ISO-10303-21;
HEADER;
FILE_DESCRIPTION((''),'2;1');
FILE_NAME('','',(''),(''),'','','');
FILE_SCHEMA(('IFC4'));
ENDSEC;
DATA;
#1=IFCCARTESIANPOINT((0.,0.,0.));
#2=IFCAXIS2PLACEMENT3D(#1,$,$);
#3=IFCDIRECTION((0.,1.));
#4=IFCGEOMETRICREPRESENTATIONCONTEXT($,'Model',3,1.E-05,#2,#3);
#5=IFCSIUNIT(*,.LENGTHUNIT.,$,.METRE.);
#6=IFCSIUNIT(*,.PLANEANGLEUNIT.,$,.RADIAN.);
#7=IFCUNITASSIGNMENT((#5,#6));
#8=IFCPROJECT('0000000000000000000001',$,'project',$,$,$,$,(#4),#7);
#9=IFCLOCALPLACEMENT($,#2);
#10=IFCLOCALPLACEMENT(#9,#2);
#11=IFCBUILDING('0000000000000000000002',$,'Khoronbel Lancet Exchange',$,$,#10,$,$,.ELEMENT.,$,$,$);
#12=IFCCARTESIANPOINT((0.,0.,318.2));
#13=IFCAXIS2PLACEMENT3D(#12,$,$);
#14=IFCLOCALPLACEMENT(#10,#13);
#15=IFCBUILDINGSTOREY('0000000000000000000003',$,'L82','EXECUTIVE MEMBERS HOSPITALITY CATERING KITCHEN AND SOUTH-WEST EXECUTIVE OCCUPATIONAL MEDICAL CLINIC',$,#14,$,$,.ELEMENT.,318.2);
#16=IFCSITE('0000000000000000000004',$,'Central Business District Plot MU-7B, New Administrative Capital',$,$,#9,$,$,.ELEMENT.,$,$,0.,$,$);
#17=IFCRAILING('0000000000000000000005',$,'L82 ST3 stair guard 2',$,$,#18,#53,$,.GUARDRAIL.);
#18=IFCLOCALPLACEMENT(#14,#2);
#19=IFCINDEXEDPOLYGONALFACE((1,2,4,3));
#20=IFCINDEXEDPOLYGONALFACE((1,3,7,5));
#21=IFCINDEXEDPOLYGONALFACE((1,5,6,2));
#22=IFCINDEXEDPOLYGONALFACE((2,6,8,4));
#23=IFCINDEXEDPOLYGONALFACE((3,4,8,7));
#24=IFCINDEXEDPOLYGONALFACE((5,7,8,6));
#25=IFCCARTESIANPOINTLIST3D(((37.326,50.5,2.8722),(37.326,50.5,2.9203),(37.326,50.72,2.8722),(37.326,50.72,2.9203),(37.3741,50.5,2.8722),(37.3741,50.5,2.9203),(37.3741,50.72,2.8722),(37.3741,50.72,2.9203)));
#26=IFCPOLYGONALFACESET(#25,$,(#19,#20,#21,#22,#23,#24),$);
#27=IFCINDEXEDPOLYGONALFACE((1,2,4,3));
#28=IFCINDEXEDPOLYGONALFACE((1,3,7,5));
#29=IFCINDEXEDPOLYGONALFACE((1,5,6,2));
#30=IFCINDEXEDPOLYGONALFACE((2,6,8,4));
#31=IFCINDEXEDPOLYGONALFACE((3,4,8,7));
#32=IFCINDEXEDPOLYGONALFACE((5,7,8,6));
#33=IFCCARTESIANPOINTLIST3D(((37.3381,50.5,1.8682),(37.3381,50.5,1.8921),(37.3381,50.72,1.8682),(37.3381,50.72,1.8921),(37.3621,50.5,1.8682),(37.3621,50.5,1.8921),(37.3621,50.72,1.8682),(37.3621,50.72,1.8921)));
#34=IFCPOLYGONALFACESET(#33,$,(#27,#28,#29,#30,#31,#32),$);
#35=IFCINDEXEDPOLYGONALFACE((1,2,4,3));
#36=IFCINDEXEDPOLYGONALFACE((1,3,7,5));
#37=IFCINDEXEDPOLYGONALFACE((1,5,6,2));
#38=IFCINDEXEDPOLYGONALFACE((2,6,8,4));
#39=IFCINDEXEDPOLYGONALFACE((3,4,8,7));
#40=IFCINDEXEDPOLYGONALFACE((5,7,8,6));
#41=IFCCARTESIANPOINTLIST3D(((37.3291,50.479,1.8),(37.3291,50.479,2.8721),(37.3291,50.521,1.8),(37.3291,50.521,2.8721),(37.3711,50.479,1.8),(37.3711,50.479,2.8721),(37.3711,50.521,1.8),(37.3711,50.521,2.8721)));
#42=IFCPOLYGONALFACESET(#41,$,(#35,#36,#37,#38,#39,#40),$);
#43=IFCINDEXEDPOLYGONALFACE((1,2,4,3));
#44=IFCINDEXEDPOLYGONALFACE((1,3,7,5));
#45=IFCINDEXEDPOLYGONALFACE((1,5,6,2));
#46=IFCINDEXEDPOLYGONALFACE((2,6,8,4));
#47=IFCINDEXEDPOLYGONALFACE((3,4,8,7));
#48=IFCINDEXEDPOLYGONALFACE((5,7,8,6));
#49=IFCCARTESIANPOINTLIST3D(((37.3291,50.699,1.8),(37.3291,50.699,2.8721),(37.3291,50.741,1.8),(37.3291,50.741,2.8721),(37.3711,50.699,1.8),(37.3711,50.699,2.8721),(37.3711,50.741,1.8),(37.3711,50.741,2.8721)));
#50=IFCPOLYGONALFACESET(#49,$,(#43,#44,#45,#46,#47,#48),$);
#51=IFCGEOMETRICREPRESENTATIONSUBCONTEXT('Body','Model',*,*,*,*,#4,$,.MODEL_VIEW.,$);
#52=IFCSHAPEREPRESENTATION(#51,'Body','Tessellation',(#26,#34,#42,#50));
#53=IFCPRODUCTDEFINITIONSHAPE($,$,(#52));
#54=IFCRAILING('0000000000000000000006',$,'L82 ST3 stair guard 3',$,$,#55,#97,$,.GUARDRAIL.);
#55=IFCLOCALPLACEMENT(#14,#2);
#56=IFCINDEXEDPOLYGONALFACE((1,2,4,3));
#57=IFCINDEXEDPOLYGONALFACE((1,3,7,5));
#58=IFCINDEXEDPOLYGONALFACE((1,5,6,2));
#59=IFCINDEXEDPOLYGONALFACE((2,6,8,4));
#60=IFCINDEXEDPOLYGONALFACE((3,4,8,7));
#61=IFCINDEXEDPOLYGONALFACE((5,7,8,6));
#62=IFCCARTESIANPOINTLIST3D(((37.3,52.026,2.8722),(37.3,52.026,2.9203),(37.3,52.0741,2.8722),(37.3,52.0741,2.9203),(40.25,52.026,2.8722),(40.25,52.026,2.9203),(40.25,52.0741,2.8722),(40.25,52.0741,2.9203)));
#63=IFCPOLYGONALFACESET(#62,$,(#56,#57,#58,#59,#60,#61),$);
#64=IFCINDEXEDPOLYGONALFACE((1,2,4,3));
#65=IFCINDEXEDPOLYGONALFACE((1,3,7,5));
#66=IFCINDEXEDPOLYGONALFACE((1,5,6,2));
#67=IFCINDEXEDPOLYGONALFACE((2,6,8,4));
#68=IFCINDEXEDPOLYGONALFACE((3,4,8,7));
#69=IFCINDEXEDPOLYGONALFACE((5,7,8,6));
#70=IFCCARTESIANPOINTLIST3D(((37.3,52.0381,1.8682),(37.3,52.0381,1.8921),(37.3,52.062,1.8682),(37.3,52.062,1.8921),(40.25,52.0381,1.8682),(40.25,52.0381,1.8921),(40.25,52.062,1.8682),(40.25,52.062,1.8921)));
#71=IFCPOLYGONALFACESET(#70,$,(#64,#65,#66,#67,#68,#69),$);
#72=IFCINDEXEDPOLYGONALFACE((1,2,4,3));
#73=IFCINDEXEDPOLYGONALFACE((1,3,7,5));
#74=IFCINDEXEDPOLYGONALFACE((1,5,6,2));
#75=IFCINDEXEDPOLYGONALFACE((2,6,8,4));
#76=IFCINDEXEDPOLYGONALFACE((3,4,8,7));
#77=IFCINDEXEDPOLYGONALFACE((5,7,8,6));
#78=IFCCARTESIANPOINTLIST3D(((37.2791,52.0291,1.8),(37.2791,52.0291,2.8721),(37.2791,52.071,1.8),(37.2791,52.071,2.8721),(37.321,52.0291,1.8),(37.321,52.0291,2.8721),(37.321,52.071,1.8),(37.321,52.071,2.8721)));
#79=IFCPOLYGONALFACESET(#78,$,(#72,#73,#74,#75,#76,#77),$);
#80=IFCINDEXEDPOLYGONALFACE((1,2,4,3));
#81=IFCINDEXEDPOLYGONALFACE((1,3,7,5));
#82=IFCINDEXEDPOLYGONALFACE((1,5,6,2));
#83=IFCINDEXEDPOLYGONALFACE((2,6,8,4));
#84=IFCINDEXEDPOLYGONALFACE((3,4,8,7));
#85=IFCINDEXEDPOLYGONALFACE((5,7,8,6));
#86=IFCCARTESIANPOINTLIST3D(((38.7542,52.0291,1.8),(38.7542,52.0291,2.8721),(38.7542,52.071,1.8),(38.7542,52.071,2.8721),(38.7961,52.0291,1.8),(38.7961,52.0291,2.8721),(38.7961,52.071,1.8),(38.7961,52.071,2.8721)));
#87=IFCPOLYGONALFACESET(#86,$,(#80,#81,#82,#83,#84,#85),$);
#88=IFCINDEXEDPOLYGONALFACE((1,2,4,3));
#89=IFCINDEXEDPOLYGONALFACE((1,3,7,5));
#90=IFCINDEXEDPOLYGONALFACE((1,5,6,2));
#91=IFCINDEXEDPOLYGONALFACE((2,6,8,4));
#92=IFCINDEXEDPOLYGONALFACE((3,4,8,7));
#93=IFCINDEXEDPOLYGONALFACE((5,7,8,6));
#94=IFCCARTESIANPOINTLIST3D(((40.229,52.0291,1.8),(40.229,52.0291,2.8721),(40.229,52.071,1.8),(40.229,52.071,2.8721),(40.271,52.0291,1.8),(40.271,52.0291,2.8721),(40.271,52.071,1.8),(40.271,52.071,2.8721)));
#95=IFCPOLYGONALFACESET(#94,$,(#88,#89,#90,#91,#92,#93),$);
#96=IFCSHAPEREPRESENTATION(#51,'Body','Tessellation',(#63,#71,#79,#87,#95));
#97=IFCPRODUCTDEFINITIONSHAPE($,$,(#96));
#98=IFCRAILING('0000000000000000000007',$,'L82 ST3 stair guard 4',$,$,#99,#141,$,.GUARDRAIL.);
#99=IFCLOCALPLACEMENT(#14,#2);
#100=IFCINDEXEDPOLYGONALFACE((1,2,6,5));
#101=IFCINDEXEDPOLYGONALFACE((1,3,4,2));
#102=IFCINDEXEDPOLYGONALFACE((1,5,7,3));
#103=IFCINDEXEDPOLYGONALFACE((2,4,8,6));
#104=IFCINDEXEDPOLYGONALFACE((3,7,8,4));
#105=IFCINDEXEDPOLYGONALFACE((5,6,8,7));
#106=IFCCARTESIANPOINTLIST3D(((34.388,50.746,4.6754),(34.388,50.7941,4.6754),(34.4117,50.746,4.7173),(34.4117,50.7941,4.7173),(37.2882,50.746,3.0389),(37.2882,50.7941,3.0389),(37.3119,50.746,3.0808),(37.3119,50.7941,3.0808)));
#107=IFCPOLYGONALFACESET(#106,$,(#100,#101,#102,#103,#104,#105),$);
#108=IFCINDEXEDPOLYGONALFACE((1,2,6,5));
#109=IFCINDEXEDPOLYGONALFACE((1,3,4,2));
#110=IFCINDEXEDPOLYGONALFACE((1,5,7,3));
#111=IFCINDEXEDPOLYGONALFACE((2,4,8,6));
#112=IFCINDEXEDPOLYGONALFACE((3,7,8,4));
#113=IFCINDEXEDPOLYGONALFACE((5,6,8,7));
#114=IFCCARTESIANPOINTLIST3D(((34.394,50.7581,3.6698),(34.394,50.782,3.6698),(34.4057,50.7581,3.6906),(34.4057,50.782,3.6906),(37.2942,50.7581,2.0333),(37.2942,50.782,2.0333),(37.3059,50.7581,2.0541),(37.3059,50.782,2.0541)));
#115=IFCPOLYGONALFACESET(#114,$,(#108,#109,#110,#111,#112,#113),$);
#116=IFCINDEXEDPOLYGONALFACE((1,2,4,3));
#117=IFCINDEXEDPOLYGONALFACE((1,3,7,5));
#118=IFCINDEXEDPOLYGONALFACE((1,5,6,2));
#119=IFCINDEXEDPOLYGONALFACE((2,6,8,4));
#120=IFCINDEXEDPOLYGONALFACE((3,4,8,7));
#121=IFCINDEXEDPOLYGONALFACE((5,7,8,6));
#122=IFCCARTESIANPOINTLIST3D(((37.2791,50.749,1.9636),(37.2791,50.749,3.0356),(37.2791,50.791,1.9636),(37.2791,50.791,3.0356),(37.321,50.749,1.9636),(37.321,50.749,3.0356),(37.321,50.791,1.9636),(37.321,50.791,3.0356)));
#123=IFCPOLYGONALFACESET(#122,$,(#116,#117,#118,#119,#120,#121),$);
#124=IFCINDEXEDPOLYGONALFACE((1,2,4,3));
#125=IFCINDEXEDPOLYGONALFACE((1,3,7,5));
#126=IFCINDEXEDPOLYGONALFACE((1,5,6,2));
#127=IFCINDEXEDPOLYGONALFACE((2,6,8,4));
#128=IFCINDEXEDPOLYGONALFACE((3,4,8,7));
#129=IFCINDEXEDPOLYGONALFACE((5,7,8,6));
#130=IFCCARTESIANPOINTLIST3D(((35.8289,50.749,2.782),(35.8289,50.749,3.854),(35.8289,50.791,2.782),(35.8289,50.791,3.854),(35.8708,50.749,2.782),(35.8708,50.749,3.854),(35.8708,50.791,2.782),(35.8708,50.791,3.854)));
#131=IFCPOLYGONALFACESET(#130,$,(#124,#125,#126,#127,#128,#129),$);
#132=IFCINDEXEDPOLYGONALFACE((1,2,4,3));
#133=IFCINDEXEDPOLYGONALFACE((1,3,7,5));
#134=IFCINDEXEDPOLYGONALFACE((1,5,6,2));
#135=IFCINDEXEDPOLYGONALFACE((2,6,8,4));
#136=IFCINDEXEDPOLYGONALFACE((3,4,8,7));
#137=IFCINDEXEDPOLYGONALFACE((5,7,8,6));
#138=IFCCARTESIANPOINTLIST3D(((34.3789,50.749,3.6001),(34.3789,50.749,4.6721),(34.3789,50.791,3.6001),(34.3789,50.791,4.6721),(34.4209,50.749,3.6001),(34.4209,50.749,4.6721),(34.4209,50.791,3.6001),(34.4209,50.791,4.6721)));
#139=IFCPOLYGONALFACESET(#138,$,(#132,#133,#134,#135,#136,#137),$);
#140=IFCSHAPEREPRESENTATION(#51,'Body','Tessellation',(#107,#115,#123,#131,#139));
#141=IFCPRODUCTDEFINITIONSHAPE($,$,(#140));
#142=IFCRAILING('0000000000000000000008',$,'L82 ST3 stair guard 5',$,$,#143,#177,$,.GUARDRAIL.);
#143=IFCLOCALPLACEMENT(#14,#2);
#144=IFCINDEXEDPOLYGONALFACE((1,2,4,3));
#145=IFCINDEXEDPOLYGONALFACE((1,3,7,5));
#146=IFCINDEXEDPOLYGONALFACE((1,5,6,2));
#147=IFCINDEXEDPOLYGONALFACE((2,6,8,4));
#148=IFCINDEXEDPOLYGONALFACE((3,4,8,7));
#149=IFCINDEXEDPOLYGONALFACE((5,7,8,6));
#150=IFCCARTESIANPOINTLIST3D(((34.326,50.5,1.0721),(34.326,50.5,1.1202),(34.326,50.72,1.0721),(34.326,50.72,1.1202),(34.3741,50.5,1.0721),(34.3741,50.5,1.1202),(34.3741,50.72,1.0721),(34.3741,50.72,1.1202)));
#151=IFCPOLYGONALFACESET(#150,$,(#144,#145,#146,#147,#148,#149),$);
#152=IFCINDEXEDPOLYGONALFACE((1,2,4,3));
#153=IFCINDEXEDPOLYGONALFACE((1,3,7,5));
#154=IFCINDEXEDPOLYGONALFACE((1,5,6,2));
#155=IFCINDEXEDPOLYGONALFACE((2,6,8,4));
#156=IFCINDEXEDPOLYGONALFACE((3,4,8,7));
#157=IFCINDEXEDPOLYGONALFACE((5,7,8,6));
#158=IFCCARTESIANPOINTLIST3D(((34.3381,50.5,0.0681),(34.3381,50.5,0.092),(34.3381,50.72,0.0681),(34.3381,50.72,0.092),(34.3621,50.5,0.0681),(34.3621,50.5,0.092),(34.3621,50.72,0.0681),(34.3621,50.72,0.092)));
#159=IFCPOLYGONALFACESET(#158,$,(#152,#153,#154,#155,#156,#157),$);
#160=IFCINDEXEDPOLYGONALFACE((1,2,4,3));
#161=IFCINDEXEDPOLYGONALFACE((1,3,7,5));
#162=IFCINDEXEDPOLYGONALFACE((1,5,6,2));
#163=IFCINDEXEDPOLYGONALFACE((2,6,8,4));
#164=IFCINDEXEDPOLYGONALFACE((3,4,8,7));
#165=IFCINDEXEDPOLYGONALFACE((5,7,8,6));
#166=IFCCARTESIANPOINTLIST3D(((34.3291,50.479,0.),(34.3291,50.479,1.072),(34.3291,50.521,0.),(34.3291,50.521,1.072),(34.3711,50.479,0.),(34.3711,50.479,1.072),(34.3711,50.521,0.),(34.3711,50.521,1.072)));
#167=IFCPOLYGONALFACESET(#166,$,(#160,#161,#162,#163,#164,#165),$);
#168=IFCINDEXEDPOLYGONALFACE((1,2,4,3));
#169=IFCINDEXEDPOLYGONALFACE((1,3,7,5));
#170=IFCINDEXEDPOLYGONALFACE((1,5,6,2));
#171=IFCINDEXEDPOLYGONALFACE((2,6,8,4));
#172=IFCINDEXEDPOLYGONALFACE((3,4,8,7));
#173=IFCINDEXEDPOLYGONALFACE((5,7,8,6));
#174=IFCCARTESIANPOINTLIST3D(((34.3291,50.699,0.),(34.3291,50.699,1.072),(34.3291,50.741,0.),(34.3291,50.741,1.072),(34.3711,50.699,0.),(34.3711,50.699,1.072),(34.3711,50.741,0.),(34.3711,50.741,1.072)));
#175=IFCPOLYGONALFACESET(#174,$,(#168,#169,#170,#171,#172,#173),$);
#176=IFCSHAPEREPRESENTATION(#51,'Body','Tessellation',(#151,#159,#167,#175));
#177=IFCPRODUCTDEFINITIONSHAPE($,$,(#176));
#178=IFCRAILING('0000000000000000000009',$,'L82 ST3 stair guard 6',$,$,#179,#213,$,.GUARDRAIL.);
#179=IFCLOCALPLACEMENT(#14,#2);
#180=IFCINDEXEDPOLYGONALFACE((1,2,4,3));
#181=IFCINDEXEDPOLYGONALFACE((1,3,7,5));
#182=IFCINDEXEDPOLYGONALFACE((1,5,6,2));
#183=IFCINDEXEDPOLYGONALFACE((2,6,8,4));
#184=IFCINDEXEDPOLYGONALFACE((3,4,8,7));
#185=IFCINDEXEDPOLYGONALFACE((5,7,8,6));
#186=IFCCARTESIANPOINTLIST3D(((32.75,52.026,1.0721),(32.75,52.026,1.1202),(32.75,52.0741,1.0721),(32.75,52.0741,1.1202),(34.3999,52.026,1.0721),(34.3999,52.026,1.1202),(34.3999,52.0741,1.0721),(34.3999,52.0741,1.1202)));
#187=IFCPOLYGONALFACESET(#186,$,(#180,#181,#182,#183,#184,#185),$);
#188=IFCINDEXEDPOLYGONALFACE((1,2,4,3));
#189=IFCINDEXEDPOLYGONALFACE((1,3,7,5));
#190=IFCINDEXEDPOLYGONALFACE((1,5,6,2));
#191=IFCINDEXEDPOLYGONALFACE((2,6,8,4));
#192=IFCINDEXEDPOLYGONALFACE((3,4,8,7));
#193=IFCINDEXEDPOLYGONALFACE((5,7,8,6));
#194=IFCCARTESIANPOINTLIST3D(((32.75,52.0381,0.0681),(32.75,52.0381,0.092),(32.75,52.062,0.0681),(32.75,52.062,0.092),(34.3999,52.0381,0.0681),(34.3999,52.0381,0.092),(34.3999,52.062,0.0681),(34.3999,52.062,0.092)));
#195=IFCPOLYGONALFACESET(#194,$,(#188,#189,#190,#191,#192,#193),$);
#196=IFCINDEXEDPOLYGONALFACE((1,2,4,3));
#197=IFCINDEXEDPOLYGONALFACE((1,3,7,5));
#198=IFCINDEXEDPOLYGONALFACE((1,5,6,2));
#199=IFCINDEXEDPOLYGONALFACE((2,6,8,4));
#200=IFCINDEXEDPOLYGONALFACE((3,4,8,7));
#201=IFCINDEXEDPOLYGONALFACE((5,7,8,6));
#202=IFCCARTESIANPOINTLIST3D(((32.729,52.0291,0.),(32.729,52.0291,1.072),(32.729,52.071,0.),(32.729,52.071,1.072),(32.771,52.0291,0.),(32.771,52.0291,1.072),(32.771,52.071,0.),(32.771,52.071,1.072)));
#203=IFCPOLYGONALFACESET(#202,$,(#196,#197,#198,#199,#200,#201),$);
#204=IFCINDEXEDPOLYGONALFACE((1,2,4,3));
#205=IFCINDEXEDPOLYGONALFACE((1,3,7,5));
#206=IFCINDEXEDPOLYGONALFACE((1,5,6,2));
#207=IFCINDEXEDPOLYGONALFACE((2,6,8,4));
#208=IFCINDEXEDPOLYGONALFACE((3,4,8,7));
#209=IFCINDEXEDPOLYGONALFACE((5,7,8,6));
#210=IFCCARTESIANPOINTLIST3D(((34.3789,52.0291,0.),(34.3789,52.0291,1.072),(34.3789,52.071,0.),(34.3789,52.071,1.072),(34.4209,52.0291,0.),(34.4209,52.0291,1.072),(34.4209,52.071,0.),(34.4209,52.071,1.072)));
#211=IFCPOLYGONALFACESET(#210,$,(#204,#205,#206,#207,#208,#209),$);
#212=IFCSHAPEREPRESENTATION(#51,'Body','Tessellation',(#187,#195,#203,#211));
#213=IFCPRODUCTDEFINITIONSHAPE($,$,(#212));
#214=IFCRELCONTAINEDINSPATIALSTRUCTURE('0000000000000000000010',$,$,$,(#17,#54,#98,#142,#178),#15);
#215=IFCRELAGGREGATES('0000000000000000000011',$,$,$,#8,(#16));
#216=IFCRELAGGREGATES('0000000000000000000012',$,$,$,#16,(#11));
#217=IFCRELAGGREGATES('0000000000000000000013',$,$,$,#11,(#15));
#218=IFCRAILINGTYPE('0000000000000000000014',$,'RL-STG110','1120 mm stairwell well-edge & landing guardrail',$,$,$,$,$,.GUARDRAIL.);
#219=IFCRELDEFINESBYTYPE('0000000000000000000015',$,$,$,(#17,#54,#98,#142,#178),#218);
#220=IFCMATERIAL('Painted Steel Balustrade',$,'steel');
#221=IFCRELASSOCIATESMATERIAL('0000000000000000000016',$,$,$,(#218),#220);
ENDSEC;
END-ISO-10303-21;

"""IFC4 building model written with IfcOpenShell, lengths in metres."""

from ifc_helpers import new_model, si_unit, direction, frame, origin, origin_2d, place, context, subcontext, project, spatial, rectangle, extrude, material, type_object, element, save


model = new_model("IFC4")

# Units and contexts
model_context = context("Model", 3, precision=1e-05, world=origin(), true_north=direction((0.0, 1.0)))
body_context = subcontext(model_context, "Body", "Model", "MODEL_VIEW")
ifc_project = project(units=[si_unit("LENGTHUNIT", "METRE"), si_unit("PLANEANGLEUNIT", "RADIAN")], contexts=[model_context])

# Site, building, storey
site_placement = place(None, origin())
site = spatial("IfcSite", under=ifc_project, at=site_placement, Name="Central Business District Plot MU-7B, New Administrative Capital", CompositionType="ELEMENT", RefElevation=0.0)
building_placement = place(site_placement, origin())
building = spatial("IfcBuilding", under=site, at=building_placement, Name="Khoronbel Lancet Exchange", CompositionType="ELEMENT")
storey_placement = place(building_placement, frame((0.0, 0.0, 318.2)))
storey = spatial("IfcBuildingStorey", under=building, at=storey_placement, Name="L82", Description="EXECUTIVE MEMBERS HOSPITALITY CATERING KITCHEN AND SOUTH-WEST EXECUTIVE OCCUPATIONAL MEDICAL CLINIC", CompositionType="ELEMENT", Elevation=318.2)

# Railings
ifc_material_1 = material(Name="Painted Steel Balustrade", Category="steel")
railing_type_1 = type_object("IfcRailingType", Name="RL-STG110", Description="1120 mm stairwell well-edge & landing guardrail", PredefinedType="GUARDRAIL", material=ifc_material_1)
railing_1_placement = place(storey_placement, frame((37.3501, 50.5, 1.8)))
element("IfcRailing", 1, at=railing_1_placement, inside=storey, type_object=railing_type_1, Name="L82 ST3 stair guard 2", PredefinedType="GUARDRAIL", context=body_context, shape_type="SweptSolid", body=[
    extrude(rectangle(XDim=0.0481, YDim=0.0481, at=origin_2d()), frame((0.0, 0.0, 1.0962), z_axis=(0.0, 1.0, 0.0), x_axis=(-1.0, 0.0, 0.0)), (0.0, 0.0, 1.0), 0.22),
    extrude(rectangle(XDim=0.0239, YDim=0.0239, at=origin_2d()), frame((0.0, 0.0, 0.0801), z_axis=(0.0, 1.0, 0.0), x_axis=(-1.0, 0.0, 0.0)), (0.0, 0.0, 1.0), 0.22),
    extrude(rectangle(XDim=0.042, YDim=0.042, at=origin_2d()), origin(), (0.0, 0.0, 1.0), 1.072),
    extrude(rectangle(XDim=0.042, YDim=0.042, at=origin_2d()), frame((0.0, 0.22, 0.0)), (0.0, 0.0, 1.0), 1.072),
])
railing_2_placement = place(storey_placement, frame((37.3, 52.05, 1.8)))
element("IfcRailing", 2, at=railing_2_placement, inside=storey, type_object=railing_type_1, Name="L82 ST3 stair guard 3", PredefinedType="GUARDRAIL", context=body_context, shape_type="SweptSolid", body=[
    extrude(rectangle(XDim=0.0481, YDim=0.0481, at=origin_2d()), frame((0.0, 0.0, 1.0962), z_axis=(1.0, 0.0, 0.0), x_axis=(0.0, 1.0, 0.0)), (0.0, 0.0, 1.0), 2.95),
    extrude(rectangle(XDim=0.0239, YDim=0.0239, at=origin_2d()), frame((0.0, 0.0, 0.0801), z_axis=(1.0, 0.0, 0.0), x_axis=(0.0, 1.0, 0.0)), (0.0, 0.0, 1.0), 2.95),
    extrude(rectangle(XDim=0.042, YDim=0.042, at=origin_2d()), origin(), (0.0, 0.0, 1.0), 1.072),
    extrude(rectangle(XDim=0.042, YDim=0.042, at=origin_2d()), frame((1.4751, 0.0, 0.0)), (0.0, 0.0, 1.0), 1.072),
    extrude(rectangle(XDim=0.042, YDim=0.042, at=origin_2d()), frame((2.95, 0.0, 0.0)), (0.0, 0.0, 1.0), 1.072),
])
railing_3_placement = place(storey_placement, frame((37.3, 50.77, 1.9636)))
element("IfcRailing", 3, at=railing_3_placement, inside=storey, type_object=railing_type_1, Name="L82 ST3 stair guard 4", PredefinedType="GUARDRAIL", context=body_context, shape_type="SweptSolid", body=[
    extrude(rectangle(XDim=0.0481, YDim=0.0481, at=origin_2d()), frame((0.0, 0.0, 1.0962), z_axis=(-0.870915, 0.0, 0.491434), x_axis=(0.0, -1.0, 0.0)), (0.0, 0.0, 1.0), 3.3301),
    extrude(rectangle(XDim=0.0239, YDim=0.0239, at=origin_2d()), frame((0.0, 0.0, 0.0801), z_axis=(-0.870915, 0.0, 0.491434), x_axis=(0.0, -1.0, 0.0)), (0.0, 0.0, 1.0), 3.3301),
    extrude(rectangle(XDim=0.042, YDim=0.042, at=origin_2d()), origin(), (0.0, 0.0, 1.0), 1.072),
    extrude(rectangle(XDim=0.042, YDim=0.042, at=origin_2d()), frame((-1.4502, 0.0, 0.8184)), (0.0, 0.0, 1.0), 1.072),
    extrude(rectangle(XDim=0.042, YDim=0.042, at=origin_2d()), frame((-2.9001, 0.0, 1.6365)), (0.0, 0.0, 1.0), 1.072),
])
railing_4_placement = place(storey_placement, frame((34.3501, 50.5, 0.0)))
element("IfcRailing", 4, at=railing_4_placement, inside=storey, type_object=railing_type_1, Name="L82 ST3 stair guard 5", PredefinedType="GUARDRAIL", context=body_context, shape_type="SweptSolid", body=[
    extrude(rectangle(XDim=0.0481, YDim=0.0481, at=origin_2d()), frame((0.0, 0.0, 1.0962), z_axis=(0.0, 1.0, 0.0), x_axis=(-1.0, 0.0, 0.0)), (0.0, 0.0, 1.0), 0.22),
    extrude(rectangle(XDim=0.0239, YDim=0.0239, at=origin_2d()), frame((0.0, 0.0, 0.0801), z_axis=(0.0, 1.0, 0.0), x_axis=(-1.0, 0.0, 0.0)), (0.0, 0.0, 1.0), 0.22),
    extrude(rectangle(XDim=0.042, YDim=0.042, at=origin_2d()), origin(), (0.0, 0.0, 1.0), 1.072),
    extrude(rectangle(XDim=0.042, YDim=0.042, at=origin_2d()), frame((0.0, 0.22, 0.0)), (0.0, 0.0, 1.0), 1.072),
])
railing_5_placement = place(storey_placement, frame((32.75, 52.05, 0.0)))
element("IfcRailing", 5, at=railing_5_placement, inside=storey, type_object=railing_type_1, Name="L82 ST3 stair guard 6", PredefinedType="GUARDRAIL", context=body_context, shape_type="SweptSolid", body=[
    extrude(rectangle(XDim=0.0481, YDim=0.0481, at=origin_2d()), frame((0.0, 0.0, 1.0962), z_axis=(1.0, 0.0, 0.0), x_axis=(0.0, 1.0, 0.0)), (0.0, 0.0, 1.0), 1.6499),
    extrude(rectangle(XDim=0.0239, YDim=0.0239, at=origin_2d()), frame((0.0, 0.0, 0.0801), z_axis=(1.0, 0.0, 0.0), x_axis=(0.0, 1.0, 0.0)), (0.0, 0.0, 1.0), 1.6499),
    extrude(rectangle(XDim=0.042, YDim=0.042, at=origin_2d()), origin(), (0.0, 0.0, 1.0), 1.072),
    extrude(rectangle(XDim=0.042, YDim=0.042, at=origin_2d()), frame((1.6499, 0.0, 0.0)), (0.0, 0.0, 1.0), 1.072),
])

save(model, "model.ifc")
